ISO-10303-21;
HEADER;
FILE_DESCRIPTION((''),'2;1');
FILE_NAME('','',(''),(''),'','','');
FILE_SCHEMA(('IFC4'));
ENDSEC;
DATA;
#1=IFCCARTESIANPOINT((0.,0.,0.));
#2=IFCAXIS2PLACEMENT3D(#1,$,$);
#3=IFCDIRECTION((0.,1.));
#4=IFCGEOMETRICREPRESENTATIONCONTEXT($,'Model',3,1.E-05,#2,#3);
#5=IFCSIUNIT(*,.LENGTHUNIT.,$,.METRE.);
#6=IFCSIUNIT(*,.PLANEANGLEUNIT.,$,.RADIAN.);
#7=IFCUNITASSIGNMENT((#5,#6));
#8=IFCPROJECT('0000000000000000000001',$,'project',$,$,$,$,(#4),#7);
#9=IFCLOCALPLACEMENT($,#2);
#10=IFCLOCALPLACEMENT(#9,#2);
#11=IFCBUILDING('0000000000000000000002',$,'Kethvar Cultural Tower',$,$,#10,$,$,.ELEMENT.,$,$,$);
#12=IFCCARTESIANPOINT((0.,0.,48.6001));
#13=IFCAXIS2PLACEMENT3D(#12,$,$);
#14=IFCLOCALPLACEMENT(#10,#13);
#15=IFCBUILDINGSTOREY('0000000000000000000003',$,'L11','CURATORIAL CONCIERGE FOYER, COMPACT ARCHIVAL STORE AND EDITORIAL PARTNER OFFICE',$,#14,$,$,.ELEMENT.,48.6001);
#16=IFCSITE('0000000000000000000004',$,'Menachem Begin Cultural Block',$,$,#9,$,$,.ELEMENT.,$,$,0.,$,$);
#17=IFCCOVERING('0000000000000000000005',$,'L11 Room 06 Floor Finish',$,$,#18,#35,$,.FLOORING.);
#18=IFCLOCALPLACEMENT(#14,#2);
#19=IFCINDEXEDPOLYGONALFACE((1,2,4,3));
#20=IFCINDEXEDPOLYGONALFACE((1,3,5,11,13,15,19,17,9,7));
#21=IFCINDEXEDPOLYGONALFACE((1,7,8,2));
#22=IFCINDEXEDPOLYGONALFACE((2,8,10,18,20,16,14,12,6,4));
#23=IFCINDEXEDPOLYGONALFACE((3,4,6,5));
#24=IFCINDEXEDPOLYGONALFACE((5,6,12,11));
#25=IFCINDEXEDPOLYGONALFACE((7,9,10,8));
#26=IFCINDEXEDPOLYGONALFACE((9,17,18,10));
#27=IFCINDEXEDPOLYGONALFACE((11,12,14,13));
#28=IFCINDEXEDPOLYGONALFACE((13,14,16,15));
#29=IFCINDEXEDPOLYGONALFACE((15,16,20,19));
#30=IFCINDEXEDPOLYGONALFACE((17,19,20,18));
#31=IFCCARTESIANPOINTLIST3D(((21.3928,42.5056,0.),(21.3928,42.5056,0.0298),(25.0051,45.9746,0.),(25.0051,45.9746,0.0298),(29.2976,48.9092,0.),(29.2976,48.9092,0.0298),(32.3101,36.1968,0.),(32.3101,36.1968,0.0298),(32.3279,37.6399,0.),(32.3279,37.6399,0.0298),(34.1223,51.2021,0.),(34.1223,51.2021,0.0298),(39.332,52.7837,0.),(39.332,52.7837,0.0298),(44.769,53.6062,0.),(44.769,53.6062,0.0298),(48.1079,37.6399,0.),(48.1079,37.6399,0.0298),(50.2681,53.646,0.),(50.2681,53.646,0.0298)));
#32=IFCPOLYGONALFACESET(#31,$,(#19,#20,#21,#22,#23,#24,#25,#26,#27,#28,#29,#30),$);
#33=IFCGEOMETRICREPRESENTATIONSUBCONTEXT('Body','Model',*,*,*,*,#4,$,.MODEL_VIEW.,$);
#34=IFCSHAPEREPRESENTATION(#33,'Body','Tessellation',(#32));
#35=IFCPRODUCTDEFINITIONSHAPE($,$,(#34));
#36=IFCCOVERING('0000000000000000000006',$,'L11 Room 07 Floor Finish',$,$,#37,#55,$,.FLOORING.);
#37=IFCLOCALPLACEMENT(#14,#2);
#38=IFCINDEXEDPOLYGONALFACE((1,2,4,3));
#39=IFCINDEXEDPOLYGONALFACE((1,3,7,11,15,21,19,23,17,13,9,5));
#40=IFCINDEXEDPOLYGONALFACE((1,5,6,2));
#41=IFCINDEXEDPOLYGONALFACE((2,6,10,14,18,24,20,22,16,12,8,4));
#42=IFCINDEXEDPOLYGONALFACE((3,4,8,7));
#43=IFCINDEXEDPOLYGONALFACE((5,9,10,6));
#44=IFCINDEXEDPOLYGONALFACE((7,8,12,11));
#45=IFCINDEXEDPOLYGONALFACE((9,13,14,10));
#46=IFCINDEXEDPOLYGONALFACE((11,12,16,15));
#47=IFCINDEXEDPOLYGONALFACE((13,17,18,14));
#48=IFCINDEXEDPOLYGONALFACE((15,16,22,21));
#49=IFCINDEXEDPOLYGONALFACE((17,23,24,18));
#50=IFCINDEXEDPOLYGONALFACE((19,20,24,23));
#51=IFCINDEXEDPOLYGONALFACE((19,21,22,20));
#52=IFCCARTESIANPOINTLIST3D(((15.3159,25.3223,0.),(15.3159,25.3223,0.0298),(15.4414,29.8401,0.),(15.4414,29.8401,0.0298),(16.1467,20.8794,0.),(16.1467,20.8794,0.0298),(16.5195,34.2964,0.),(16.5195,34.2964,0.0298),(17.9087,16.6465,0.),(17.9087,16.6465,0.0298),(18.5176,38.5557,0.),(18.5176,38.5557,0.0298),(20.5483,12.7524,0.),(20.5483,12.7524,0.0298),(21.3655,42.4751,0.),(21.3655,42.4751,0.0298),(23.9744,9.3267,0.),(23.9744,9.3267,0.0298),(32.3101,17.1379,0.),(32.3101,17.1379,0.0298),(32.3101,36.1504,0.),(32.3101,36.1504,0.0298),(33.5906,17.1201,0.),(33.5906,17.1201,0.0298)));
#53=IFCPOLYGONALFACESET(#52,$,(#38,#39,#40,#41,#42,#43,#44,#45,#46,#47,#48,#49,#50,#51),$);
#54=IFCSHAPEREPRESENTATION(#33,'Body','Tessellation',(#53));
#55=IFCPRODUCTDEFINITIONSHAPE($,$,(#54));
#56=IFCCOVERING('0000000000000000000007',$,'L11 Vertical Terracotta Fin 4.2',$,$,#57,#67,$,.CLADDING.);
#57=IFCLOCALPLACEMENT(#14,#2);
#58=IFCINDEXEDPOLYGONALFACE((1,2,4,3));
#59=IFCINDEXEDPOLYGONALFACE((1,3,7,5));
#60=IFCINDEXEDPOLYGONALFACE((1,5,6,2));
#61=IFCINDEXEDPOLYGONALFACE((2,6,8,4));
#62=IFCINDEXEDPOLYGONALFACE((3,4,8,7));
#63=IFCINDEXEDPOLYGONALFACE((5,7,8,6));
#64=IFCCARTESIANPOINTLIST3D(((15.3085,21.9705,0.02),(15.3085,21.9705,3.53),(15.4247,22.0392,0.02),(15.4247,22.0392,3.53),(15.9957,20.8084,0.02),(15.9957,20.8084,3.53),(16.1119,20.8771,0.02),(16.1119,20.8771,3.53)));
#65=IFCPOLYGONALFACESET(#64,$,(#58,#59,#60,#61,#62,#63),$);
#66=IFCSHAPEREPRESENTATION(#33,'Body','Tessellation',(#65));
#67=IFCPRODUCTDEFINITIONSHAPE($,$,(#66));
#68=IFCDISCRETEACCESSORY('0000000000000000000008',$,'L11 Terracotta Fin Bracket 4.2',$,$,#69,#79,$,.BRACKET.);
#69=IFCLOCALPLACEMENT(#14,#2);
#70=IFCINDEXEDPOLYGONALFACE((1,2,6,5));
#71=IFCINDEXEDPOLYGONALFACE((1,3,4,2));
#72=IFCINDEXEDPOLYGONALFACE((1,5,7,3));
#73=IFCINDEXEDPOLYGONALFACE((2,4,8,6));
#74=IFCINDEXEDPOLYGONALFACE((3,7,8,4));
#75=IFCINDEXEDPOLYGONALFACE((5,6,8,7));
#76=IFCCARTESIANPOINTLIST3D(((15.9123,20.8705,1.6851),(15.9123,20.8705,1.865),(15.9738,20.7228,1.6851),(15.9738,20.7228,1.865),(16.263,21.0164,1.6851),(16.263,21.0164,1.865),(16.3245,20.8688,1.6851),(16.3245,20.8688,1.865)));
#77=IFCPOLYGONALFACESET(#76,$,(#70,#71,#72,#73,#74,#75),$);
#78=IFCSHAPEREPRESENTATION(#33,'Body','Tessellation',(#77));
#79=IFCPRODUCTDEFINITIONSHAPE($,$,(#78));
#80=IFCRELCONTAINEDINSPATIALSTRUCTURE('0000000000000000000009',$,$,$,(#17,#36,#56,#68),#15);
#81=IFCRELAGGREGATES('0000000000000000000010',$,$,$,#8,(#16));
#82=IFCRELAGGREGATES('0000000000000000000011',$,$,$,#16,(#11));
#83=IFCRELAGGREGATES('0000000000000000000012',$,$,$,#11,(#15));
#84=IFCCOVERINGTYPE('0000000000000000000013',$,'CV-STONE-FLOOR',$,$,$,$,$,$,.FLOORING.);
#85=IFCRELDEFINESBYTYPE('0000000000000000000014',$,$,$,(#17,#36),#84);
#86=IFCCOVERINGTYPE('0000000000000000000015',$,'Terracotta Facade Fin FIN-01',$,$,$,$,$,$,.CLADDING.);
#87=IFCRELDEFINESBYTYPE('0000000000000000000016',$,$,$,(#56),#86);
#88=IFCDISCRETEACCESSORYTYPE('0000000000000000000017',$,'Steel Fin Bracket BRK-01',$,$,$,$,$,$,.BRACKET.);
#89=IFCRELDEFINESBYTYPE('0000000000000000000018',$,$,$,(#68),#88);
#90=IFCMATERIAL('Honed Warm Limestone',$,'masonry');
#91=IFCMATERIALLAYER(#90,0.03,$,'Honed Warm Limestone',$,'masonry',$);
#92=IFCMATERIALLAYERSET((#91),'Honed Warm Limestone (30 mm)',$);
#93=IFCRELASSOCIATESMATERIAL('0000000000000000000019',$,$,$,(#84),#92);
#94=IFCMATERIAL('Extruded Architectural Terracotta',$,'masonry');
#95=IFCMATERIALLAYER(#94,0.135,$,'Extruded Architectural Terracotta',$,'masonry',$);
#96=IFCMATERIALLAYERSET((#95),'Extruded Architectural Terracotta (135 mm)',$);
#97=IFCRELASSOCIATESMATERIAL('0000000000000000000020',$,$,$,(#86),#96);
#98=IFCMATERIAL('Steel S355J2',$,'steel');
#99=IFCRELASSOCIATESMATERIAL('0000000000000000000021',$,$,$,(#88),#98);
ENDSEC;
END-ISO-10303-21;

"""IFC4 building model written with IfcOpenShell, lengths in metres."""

from ifc_helpers import new_model, si_unit, direction, frame, origin, origin_2d, place, context, subcontext, project, spatial, polyline, rectangle, outline, extrude, source, transform, mapped, material, layer, layer_set, type_object, element, save


model = new_model("IFC4")

# Units and contexts
model_context = context("Model", 3, precision=1e-05, world=origin(), true_north=direction((0.0, 1.0)))
body_context = subcontext(model_context, "Body", "Model", "MODEL_VIEW")
ifc_project = project(units=[si_unit("LENGTHUNIT", "METRE"), si_unit("PLANEANGLEUNIT", "RADIAN")], contexts=[model_context])

# Site, building, storey
site_placement = place(None, origin())
site = spatial("IfcSite", under=ifc_project, at=site_placement, Name="Menachem Begin Cultural Block", CompositionType="ELEMENT", RefElevation=0.0)
building_placement = place(site_placement, origin())
building = spatial("IfcBuilding", under=site, at=building_placement, Name="Kethvar Cultural Tower", CompositionType="ELEMENT")
storey_placement = place(building_placement, frame((0.0, 0.0, 48.6001)))
storey = spatial("IfcBuildingStorey", under=building, at=storey_placement, Name="L11", Description="CURATORIAL CONCIERGE FOYER, COMPACT ARCHIVAL STORE AND EDITORIAL PARTNER OFFICE", CompositionType="ELEMENT", Elevation=48.6001)

# Shared definitions
ifc_material_1 = material(Name="Steel S355J2", Category="steel")

# Coverings
ifc_material_2 = material(Name="Honed Warm Limestone", Category="masonry")
ifc_layer_1 = layer(ifc_material_2, 0.03, Name="Honed Warm Limestone", Category="masonry")
ifc_layer_set_1 = layer_set([ifc_layer_1], Name="Honed Warm Limestone (30 mm)")
covering_type_1 = type_object("IfcCoveringType", Name="CV-STONE-FLOOR", PredefinedType="FLOORING", material=ifc_layer_set_1)
covering_1_placement = place(storey_placement, origin())
element("IfcCovering", 1, at=covering_1_placement, inside=storey, type_object=covering_type_1, Name="L11 Room 06 Floor Finish", PredefinedType="FLOORING", context=body_context, shape_type="SweptSolid", body=[
    extrude(outline(polyline([(21.3928, 42.5056), (25.0051, 45.9746), (29.2976, 48.9092), (34.1223, 51.2021), (39.332, 52.7837), (44.769, 53.6062), (50.2681, 53.646), (48.1079, 37.6399), (32.3279, 37.6399), (32.3101, 36.1968), (21.3928, 42.5056)])), origin(), (0.0, 0.0, 1.0), 0.0298),
])
covering_2_placement = place(storey_placement, origin())
element("IfcCovering", 2, at=covering_2_placement, inside=storey, type_object=covering_type_1, Name="L11 Room 07 Floor Finish", PredefinedType="FLOORING", context=body_context, shape_type="SweptSolid", body=[
    extrude(outline(polyline([(20.5483, 12.7524), (17.9087, 16.6465), (16.1467, 20.8794), (15.3159, 25.3223), (15.4414, 29.8401), (16.5195, 34.2964), (18.5176, 38.5557), (21.3655, 42.4751), (32.3101, 36.1504), (32.3101, 17.1379), (33.5906, 17.1201), (23.9744, 9.3267), (20.5483, 12.7524)])), origin(), (0.0, 0.0, 1.0), 0.0298),
])
ifc_material_3 = material(Name="Extruded Architectural Terracotta", Category="masonry")
ifc_layer_2 = layer(ifc_material_3, 0.135, Name="Extruded Architectural Terracotta", Category="masonry")
ifc_layer_set_2 = layer_set([ifc_layer_2], Name="Extruded Architectural Terracotta (135 mm)")
covering_type_2 = type_object("IfcCoveringType", Name="Terracotta Facade Fin FIN-01", PredefinedType="CLADDING", material=ifc_layer_set_2)
shared_shape_1 = source(origin(), body_context, "Body", "SweptSolid", [
    extrude(rectangle(XDim=1.3501, YDim=0.135, at=origin_2d()), origin(), (0.0, 0.0, 1.0), 3.51),
])
covering_3_placement = place(storey_placement, frame((15.7102, 21.4238, 0.02), z_axis=(0.0, 0.0, 1.0), x_axis=(-0.509041, 0.860742, 0.0)))
element("IfcCovering", 3, at=covering_3_placement, inside=storey, type_object=covering_type_2, Name="L11 Vertical Terracotta Fin 4.2", PredefinedType="CLADDING", context=body_context, shape_type="MappedRepresentation", body=[
    mapped(shared_shape_1, transform((0.0, 0.0, 0.0), scale=1.0)),
])

# Discrete accessory
discrete_accessory_type = type_object("IfcDiscreteAccessoryType", Name="Steel Fin Bracket BRK-01", PredefinedType="BRACKET", material=ifc_material_1)
shared_shape_2 = source(origin(), body_context, "Body", "SweptSolid", [
    extrude(rectangle(XDim=0.3799, YDim=0.1599, at=origin_2d()), origin(), (0.0, 0.0, 1.0), 0.1799),
])
discrete_accessory_placement = place(storey_placement, frame((16.1184, 20.8696, 1.6851), z_axis=(0.0, 0.0, 1.0), x_axis=(-0.92321, -0.384295, 0.0)))
element("IfcDiscreteAccessory", 4, at=discrete_accessory_placement, inside=storey, type_object=discrete_accessory_type, Name="L11 Terracotta Fin Bracket 4.2", PredefinedType="BRACKET", context=body_context, shape_type="MappedRepresentation", body=[
    mapped(shared_shape_2, transform((0.0, 0.0, 0.0), scale=1.0)),
])

save(model, "model.ifc")
